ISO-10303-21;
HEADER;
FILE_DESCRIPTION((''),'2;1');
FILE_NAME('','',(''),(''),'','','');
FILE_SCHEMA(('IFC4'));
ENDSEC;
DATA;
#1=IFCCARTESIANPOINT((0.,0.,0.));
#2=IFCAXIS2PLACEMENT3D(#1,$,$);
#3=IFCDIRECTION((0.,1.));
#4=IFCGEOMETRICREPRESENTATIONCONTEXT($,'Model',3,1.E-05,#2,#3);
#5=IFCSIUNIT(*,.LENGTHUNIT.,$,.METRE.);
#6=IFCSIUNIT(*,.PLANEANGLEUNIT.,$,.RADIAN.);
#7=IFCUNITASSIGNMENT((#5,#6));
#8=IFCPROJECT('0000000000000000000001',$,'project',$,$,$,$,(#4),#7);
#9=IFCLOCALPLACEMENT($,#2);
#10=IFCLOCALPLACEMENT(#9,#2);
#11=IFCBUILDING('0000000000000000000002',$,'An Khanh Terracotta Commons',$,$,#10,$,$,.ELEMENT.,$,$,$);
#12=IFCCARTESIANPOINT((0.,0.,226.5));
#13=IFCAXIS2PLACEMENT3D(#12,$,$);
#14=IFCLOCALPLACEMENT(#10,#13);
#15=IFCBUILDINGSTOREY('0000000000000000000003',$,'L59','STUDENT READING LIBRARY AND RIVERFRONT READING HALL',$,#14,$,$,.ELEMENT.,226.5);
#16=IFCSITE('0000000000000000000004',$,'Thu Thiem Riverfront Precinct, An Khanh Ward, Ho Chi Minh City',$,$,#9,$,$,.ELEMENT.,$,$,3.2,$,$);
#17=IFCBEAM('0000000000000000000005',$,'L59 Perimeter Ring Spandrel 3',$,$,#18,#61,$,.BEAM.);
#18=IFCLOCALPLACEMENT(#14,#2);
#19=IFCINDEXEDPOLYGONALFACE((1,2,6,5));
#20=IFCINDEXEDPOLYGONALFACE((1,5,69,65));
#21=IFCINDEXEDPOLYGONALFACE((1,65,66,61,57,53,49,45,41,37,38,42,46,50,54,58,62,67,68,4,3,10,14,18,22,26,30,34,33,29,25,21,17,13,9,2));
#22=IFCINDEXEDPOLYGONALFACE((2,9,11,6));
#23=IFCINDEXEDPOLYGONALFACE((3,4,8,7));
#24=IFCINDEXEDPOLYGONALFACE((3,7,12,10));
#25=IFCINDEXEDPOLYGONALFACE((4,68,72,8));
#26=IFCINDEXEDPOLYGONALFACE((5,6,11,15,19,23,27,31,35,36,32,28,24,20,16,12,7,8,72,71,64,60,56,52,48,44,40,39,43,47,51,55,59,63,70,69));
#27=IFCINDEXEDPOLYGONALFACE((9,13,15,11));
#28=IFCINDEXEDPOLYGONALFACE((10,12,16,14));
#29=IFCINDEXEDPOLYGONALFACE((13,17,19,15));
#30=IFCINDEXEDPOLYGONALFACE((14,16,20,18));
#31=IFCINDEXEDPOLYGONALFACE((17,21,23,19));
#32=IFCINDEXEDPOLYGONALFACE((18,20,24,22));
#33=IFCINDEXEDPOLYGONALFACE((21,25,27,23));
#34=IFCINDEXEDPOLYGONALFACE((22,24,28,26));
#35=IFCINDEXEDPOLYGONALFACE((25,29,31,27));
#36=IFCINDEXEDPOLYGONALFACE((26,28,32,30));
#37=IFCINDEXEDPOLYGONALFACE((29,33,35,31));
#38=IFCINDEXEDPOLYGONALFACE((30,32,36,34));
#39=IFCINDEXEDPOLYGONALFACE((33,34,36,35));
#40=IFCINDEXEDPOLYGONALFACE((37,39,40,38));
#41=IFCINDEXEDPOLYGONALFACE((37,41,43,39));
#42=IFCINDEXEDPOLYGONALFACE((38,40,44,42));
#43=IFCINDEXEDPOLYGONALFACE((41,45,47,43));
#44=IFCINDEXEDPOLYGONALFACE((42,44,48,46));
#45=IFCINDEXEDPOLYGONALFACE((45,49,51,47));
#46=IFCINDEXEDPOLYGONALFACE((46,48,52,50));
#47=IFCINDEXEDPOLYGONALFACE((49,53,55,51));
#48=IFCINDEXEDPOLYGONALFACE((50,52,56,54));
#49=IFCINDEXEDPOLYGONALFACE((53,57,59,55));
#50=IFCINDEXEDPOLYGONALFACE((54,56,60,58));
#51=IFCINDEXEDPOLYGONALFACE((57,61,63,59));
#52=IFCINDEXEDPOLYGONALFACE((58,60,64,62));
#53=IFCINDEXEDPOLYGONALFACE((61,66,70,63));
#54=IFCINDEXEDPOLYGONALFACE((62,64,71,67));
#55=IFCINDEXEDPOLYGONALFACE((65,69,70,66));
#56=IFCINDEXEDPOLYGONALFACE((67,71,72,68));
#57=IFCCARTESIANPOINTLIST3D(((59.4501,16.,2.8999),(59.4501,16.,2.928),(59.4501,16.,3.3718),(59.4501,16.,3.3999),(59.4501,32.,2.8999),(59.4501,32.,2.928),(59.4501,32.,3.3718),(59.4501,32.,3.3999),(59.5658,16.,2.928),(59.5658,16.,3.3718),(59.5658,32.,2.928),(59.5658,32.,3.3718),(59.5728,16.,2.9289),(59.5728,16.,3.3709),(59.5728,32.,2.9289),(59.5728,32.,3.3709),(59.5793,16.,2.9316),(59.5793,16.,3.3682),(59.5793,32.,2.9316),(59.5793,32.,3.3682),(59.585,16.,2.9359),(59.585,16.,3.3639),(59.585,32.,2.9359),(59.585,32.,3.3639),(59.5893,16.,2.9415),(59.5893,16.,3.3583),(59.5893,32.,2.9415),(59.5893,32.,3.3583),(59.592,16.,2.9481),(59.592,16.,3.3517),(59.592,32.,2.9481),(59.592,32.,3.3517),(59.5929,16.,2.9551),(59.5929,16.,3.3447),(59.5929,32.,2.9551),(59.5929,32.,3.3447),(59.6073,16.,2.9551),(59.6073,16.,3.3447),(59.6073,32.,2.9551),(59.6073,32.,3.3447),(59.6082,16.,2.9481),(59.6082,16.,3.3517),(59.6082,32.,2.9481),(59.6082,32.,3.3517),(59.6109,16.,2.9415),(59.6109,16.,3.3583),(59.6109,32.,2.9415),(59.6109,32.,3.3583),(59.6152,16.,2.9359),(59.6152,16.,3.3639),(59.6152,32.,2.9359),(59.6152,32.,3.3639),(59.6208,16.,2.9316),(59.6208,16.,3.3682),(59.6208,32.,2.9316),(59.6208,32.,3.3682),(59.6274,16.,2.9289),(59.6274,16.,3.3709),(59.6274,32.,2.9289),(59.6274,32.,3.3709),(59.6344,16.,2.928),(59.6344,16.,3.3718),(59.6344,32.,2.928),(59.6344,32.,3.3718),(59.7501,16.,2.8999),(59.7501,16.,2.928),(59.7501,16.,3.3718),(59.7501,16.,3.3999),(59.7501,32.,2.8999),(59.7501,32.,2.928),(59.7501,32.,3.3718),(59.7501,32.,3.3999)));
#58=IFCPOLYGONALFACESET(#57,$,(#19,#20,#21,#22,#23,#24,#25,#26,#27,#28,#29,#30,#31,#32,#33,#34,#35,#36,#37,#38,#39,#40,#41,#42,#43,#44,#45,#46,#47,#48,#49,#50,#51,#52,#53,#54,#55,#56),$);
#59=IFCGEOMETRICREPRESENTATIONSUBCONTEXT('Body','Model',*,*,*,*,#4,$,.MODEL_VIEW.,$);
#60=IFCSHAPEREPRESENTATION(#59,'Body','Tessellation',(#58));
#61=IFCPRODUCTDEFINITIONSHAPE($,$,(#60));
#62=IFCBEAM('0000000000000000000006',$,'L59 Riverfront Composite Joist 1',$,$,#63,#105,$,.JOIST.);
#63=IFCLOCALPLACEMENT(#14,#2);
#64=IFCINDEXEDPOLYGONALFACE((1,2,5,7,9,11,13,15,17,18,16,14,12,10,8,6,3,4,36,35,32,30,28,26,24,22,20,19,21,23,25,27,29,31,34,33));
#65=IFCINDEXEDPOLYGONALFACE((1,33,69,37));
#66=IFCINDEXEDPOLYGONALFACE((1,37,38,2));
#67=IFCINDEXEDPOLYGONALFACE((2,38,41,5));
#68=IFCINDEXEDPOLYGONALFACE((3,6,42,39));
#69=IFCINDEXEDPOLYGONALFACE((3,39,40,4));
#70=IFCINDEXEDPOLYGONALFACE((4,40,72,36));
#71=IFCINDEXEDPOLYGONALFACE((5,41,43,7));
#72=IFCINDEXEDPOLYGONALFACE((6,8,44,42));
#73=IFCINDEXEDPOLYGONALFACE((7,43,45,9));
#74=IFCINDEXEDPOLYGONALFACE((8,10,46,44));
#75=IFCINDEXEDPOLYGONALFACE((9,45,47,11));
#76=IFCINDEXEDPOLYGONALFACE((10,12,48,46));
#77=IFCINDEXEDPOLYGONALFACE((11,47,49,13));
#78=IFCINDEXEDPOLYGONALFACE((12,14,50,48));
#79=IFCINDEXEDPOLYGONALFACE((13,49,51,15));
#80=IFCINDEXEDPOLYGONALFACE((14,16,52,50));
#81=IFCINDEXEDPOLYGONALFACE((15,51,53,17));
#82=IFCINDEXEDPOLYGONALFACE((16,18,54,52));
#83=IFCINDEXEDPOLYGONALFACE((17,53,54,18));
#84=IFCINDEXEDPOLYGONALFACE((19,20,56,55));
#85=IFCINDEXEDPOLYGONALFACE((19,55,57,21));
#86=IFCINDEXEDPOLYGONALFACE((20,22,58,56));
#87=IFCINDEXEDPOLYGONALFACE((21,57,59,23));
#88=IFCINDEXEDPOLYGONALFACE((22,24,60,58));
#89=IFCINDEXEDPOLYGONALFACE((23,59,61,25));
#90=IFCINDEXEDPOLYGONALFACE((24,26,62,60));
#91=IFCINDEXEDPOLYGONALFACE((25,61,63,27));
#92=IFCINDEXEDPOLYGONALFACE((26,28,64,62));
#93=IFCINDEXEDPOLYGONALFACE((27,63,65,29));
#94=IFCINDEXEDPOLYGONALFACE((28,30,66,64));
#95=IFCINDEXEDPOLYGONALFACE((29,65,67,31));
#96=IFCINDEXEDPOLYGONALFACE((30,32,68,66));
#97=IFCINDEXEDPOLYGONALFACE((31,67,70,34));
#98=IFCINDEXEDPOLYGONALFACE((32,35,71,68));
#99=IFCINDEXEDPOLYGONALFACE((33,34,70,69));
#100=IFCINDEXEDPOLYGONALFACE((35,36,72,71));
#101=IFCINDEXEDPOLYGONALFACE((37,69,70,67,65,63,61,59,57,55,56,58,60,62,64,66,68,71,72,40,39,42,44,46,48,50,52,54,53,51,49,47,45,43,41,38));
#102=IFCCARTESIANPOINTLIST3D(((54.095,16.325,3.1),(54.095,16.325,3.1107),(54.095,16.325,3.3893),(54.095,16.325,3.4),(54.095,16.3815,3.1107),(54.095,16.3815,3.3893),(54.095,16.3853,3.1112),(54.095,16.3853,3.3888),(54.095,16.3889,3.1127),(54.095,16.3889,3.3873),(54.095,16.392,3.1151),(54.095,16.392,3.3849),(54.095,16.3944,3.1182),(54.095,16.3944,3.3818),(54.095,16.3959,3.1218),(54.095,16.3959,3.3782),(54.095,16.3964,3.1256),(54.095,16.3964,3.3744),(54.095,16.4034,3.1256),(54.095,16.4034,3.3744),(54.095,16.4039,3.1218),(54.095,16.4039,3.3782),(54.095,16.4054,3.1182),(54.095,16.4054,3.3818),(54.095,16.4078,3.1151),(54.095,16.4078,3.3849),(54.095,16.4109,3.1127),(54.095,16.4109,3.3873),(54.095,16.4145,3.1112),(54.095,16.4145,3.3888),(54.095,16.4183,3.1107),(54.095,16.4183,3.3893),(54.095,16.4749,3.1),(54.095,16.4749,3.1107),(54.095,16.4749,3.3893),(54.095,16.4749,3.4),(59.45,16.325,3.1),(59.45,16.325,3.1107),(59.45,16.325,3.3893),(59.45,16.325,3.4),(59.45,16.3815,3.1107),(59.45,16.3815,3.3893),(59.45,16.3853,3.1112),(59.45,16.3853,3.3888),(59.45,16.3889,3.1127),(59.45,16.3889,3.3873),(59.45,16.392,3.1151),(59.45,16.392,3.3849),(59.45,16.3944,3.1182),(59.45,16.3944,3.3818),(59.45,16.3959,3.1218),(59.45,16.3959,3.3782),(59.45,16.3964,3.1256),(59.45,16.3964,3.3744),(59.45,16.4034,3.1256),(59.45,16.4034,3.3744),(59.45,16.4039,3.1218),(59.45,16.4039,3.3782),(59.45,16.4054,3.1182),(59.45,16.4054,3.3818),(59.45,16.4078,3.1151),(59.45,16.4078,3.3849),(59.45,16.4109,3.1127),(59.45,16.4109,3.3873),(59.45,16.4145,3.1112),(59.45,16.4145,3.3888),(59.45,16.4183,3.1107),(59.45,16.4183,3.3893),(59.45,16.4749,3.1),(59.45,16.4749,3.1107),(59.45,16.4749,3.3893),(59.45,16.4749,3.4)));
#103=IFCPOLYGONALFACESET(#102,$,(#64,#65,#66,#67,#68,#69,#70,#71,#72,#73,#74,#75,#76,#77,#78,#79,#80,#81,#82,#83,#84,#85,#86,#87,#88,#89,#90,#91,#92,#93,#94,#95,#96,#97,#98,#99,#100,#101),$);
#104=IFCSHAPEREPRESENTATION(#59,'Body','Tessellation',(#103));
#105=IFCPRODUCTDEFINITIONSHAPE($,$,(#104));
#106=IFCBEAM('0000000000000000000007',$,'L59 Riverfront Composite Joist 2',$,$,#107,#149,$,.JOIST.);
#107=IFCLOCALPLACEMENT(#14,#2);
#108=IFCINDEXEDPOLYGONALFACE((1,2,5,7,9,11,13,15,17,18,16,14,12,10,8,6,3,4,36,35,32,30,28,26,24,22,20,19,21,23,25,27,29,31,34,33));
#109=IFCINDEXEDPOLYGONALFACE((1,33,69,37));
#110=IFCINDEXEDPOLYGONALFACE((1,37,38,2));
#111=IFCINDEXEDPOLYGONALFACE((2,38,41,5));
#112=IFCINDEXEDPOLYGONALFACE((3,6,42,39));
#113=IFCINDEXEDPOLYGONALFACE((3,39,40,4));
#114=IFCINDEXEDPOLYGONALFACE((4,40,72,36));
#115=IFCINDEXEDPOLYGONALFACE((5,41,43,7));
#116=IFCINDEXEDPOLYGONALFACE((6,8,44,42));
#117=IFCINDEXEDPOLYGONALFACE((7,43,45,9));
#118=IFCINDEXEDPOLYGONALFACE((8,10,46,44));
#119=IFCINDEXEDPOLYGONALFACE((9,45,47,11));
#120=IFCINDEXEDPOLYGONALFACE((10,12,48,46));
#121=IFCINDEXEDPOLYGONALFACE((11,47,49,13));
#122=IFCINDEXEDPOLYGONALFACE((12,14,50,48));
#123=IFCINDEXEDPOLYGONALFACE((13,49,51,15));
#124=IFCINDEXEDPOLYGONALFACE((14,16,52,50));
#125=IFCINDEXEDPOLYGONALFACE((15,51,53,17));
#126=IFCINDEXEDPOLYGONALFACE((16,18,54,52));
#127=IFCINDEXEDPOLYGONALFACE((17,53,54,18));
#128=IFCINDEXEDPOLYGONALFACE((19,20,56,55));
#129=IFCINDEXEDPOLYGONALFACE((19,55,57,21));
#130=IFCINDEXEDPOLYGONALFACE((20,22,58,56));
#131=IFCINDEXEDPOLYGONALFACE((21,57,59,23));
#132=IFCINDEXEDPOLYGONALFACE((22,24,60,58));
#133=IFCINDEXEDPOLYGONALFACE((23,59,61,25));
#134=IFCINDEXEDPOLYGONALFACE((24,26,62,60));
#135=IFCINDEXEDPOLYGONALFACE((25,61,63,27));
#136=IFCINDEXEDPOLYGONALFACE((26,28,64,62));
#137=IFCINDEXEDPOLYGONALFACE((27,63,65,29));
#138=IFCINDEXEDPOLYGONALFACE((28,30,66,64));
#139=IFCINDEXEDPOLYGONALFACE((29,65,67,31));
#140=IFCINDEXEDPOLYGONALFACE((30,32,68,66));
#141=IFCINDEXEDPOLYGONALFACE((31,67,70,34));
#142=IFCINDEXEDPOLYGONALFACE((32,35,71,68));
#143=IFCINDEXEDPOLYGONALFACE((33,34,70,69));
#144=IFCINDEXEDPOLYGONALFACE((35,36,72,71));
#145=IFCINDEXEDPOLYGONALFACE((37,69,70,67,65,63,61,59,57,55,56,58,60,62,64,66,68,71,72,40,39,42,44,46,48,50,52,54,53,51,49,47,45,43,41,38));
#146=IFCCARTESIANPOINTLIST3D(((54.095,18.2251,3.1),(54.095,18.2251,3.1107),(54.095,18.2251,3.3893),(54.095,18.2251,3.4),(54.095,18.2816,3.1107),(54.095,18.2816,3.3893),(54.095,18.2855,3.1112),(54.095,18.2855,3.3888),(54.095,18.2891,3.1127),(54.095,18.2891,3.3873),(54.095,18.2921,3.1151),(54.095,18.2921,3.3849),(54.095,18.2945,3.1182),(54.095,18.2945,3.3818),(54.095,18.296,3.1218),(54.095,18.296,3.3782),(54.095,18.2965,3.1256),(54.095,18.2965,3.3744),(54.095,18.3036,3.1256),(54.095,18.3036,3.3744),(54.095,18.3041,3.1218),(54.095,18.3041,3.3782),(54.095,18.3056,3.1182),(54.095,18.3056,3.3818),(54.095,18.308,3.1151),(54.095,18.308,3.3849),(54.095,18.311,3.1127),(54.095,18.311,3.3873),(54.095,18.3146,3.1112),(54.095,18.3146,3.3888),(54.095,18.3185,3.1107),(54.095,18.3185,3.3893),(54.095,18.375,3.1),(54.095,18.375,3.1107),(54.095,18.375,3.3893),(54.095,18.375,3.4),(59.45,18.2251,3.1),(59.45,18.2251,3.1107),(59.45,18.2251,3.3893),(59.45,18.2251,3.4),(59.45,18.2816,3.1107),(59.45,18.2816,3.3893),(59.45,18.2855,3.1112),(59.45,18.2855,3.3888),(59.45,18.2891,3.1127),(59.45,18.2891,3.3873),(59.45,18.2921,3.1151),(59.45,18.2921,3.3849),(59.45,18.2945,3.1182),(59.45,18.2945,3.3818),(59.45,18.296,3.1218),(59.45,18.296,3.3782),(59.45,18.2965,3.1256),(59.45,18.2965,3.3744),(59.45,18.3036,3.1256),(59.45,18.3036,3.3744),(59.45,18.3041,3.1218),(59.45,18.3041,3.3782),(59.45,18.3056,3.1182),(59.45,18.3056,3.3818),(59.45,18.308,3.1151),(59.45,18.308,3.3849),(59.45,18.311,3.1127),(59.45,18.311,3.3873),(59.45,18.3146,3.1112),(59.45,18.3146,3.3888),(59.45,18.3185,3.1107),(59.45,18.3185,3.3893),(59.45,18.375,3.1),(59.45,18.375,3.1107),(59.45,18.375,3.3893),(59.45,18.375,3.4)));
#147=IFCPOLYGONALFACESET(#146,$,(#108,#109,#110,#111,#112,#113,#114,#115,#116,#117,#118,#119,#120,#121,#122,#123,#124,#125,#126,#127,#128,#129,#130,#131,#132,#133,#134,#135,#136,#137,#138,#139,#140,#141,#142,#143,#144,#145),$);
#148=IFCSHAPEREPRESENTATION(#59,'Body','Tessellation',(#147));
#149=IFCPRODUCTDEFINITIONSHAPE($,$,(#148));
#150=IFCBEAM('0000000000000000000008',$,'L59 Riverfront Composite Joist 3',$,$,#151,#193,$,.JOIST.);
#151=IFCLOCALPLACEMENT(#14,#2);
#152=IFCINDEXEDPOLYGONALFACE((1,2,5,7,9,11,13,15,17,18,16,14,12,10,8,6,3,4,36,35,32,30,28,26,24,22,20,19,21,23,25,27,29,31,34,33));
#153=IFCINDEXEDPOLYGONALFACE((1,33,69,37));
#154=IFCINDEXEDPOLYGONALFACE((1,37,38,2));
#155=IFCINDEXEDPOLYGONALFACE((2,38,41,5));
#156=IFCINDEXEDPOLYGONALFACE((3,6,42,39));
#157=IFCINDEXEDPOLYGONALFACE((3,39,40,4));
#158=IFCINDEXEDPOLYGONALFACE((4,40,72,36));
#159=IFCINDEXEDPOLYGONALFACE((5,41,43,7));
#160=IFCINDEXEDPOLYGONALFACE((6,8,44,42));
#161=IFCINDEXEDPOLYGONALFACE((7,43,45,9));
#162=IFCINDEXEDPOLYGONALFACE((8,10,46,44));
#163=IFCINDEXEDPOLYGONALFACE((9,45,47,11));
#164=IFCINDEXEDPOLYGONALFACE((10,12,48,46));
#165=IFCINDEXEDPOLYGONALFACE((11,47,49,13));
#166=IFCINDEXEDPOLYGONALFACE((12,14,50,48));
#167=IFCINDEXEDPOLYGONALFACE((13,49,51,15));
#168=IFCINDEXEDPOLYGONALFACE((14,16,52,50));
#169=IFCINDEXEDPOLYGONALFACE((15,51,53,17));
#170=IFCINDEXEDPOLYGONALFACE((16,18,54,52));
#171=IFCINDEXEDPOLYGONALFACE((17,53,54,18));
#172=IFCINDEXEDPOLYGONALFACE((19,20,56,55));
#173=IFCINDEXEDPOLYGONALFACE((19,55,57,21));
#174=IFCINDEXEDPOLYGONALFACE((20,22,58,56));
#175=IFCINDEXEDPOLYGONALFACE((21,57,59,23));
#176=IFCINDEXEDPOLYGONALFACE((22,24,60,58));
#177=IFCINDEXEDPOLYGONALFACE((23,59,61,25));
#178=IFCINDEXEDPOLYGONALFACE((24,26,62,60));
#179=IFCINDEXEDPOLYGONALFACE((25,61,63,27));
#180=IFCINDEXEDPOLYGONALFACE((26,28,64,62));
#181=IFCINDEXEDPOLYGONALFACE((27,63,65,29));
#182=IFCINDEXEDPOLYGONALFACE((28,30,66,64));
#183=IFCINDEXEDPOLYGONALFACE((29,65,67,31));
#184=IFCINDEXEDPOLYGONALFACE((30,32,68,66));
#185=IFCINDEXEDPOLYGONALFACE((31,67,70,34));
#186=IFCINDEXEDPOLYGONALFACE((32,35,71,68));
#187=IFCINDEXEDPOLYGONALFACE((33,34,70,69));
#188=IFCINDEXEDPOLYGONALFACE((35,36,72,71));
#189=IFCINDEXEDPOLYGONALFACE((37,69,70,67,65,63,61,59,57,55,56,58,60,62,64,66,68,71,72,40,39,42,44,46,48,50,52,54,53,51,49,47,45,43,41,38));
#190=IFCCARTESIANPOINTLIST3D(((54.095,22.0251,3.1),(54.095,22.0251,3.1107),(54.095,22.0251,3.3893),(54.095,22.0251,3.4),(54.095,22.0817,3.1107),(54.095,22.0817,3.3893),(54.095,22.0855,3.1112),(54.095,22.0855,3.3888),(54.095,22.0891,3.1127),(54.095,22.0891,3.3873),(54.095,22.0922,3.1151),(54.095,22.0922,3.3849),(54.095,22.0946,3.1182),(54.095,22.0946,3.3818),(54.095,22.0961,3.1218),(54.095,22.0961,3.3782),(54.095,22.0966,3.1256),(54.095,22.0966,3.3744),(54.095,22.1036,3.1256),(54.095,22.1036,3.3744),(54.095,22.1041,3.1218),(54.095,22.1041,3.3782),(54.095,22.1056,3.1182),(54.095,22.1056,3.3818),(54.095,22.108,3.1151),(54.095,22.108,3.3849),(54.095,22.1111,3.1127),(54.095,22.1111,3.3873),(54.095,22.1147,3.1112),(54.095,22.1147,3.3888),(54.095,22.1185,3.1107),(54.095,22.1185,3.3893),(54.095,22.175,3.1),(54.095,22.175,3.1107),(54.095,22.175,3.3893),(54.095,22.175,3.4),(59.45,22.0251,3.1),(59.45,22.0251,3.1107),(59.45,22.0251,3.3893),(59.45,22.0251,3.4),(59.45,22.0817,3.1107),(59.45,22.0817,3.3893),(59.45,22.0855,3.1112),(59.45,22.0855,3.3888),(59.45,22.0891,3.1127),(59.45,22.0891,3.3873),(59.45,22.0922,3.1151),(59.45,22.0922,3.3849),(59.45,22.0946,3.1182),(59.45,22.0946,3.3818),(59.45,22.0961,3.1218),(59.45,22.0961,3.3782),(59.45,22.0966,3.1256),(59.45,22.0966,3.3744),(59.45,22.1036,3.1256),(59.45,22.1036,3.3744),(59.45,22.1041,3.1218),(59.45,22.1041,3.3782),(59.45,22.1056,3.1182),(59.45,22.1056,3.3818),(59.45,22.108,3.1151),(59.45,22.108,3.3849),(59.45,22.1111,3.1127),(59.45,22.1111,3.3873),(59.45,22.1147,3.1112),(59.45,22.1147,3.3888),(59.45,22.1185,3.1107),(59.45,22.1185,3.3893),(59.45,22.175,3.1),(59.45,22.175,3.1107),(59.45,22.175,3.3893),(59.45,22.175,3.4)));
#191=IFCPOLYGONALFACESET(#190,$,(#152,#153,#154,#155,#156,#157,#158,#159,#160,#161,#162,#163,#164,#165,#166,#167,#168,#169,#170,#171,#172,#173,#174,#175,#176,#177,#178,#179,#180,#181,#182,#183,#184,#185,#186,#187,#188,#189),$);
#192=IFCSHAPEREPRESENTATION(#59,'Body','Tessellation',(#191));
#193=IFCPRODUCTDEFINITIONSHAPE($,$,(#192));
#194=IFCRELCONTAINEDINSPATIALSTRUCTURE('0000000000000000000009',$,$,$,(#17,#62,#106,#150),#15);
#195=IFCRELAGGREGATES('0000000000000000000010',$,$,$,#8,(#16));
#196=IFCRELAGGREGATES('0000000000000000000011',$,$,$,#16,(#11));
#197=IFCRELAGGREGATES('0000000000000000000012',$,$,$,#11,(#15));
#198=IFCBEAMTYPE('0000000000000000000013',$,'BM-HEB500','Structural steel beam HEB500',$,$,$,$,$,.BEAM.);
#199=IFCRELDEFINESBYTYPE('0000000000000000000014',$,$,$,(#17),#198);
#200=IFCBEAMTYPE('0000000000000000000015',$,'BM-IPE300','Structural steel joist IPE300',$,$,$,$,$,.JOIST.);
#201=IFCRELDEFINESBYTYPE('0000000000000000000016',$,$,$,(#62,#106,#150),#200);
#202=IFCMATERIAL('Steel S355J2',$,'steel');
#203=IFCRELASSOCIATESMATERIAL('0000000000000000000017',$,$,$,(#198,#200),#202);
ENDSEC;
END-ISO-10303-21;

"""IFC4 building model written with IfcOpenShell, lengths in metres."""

from ifc_helpers import new_model, si_unit, direction, frame, origin, origin_2d, place, context, subcontext, project, spatial, i_section, extrude, material, material_profile, profile_set, type_object, element, save


model = new_model("IFC4")

# Units and contexts
model_context = context("Model", 3, precision=1e-05, world=origin(), true_north=direction((0.0, 1.0)))
body_context = subcontext(model_context, "Body", "Model", "MODEL_VIEW")
ifc_project = project(units=[si_unit("LENGTHUNIT", "METRE"), si_unit("PLANEANGLEUNIT", "RADIAN")], contexts=[model_context])

# Site, building, storey
site_placement = place(None, origin())
site = spatial("IfcSite", under=ifc_project, at=site_placement, Name="Thu Thiem Riverfront Precinct, An Khanh Ward, Ho Chi Minh City", CompositionType="ELEMENT", RefElevation=3.2)
building_placement = place(site_placement, origin())
building = spatial("IfcBuilding", under=site, at=building_placement, Name="An Khanh Terracotta Commons", CompositionType="ELEMENT")
storey_placement = place(building_placement, frame((0.0, 0.0, 226.5)))
storey = spatial("IfcBuildingStorey", under=building, at=storey_placement, Name="L59", Description="STUDENT READING LIBRARY AND RIVERFRONT READING HALL", CompositionType="ELEMENT", Elevation=226.5)

# Beams
ifc_material_1 = material(Name="Steel S355J2", Category="steel")
ifc_material_profile_1 = material_profile(ifc_material_1, i_section(OverallWidth=0.3, OverallDepth=0.5, WebThickness=0.0144, FlangeThickness=0.0281, FilletRadius=0.0271, at=origin_2d()), Name="HEB500")
ifc_profile_set_1 = profile_set([ifc_material_profile_1], Name="Steel S355J2")
beam_type_1 = type_object("IfcBeamType", Name="BM-HEB500", Description="Structural steel beam HEB500", PredefinedType="BEAM", material=ifc_profile_set_1)
beam_1_placement = place(storey_placement, frame((59.6001, 16.0, 3.1499), z_axis=(0.0, 1.0, 0.0), x_axis=(-1.0, 0.0, 0.0)))
element("IfcBeam", 1, at=beam_1_placement, inside=storey, type_object=beam_type_1, Name="L59 Perimeter Ring Spandrel 3", PredefinedType="BEAM", context=body_context, shape_type="SweptSolid", body=[
    extrude(i_section(OverallWidth=0.3, OverallDepth=0.5, WebThickness=0.0144, FlangeThickness=0.0281, FilletRadius=0.0271, at=origin_2d()), origin(), (0.0, 0.0, 1.0), 16.0),
])
ifc_material_profile_2 = material_profile(ifc_material_1, i_section(OverallWidth=0.1499, OverallDepth=0.3, WebThickness=0.0071, FlangeThickness=0.0107, FilletRadius=0.0149, at=origin_2d()), Name="IPE300")
ifc_profile_set_2 = profile_set([ifc_material_profile_2], Name="Steel S355J2")
beam_type_2 = type_object("IfcBeamType", Name="BM-IPE300", Description="Structural steel joist IPE300", PredefinedType="JOIST", material=ifc_profile_set_2)
for number, where, z_axis, x_axis, name in (
    (2, (54.095, 16.3999, 3.25), (1.0, 0.0, 0.0), (0.0, 1.0, 0.0), "L59 Riverfront Composite Joist 1"),
    (3, (54.095, 18.3, 3.25), (1.0, 0.0, 0.0), (0.0, 1.0, 0.0), "L59 Riverfront Composite Joist 2"),
    (4, (54.095, 22.1001, 3.25), (1.0, 0.0, 0.0), (0.0, 1.0, 0.0), "L59 Riverfront Composite Joist 3"),
):
    element("IfcBeam", number, at=place(storey_placement, frame(where, z_axis=z_axis, x_axis=x_axis)), inside=storey, type_object=beam_type_2, Name=name, PredefinedType="JOIST", context=body_context, shape_type="SweptSolid", body=[
        extrude(i_section(OverallWidth=0.1499, OverallDepth=0.3, WebThickness=0.0071, FlangeThickness=0.0107, FilletRadius=0.0149, at=origin_2d()), origin(), (0.0, 0.0, 1.0), 5.355),
    ])

save(model, "model.ifc")
